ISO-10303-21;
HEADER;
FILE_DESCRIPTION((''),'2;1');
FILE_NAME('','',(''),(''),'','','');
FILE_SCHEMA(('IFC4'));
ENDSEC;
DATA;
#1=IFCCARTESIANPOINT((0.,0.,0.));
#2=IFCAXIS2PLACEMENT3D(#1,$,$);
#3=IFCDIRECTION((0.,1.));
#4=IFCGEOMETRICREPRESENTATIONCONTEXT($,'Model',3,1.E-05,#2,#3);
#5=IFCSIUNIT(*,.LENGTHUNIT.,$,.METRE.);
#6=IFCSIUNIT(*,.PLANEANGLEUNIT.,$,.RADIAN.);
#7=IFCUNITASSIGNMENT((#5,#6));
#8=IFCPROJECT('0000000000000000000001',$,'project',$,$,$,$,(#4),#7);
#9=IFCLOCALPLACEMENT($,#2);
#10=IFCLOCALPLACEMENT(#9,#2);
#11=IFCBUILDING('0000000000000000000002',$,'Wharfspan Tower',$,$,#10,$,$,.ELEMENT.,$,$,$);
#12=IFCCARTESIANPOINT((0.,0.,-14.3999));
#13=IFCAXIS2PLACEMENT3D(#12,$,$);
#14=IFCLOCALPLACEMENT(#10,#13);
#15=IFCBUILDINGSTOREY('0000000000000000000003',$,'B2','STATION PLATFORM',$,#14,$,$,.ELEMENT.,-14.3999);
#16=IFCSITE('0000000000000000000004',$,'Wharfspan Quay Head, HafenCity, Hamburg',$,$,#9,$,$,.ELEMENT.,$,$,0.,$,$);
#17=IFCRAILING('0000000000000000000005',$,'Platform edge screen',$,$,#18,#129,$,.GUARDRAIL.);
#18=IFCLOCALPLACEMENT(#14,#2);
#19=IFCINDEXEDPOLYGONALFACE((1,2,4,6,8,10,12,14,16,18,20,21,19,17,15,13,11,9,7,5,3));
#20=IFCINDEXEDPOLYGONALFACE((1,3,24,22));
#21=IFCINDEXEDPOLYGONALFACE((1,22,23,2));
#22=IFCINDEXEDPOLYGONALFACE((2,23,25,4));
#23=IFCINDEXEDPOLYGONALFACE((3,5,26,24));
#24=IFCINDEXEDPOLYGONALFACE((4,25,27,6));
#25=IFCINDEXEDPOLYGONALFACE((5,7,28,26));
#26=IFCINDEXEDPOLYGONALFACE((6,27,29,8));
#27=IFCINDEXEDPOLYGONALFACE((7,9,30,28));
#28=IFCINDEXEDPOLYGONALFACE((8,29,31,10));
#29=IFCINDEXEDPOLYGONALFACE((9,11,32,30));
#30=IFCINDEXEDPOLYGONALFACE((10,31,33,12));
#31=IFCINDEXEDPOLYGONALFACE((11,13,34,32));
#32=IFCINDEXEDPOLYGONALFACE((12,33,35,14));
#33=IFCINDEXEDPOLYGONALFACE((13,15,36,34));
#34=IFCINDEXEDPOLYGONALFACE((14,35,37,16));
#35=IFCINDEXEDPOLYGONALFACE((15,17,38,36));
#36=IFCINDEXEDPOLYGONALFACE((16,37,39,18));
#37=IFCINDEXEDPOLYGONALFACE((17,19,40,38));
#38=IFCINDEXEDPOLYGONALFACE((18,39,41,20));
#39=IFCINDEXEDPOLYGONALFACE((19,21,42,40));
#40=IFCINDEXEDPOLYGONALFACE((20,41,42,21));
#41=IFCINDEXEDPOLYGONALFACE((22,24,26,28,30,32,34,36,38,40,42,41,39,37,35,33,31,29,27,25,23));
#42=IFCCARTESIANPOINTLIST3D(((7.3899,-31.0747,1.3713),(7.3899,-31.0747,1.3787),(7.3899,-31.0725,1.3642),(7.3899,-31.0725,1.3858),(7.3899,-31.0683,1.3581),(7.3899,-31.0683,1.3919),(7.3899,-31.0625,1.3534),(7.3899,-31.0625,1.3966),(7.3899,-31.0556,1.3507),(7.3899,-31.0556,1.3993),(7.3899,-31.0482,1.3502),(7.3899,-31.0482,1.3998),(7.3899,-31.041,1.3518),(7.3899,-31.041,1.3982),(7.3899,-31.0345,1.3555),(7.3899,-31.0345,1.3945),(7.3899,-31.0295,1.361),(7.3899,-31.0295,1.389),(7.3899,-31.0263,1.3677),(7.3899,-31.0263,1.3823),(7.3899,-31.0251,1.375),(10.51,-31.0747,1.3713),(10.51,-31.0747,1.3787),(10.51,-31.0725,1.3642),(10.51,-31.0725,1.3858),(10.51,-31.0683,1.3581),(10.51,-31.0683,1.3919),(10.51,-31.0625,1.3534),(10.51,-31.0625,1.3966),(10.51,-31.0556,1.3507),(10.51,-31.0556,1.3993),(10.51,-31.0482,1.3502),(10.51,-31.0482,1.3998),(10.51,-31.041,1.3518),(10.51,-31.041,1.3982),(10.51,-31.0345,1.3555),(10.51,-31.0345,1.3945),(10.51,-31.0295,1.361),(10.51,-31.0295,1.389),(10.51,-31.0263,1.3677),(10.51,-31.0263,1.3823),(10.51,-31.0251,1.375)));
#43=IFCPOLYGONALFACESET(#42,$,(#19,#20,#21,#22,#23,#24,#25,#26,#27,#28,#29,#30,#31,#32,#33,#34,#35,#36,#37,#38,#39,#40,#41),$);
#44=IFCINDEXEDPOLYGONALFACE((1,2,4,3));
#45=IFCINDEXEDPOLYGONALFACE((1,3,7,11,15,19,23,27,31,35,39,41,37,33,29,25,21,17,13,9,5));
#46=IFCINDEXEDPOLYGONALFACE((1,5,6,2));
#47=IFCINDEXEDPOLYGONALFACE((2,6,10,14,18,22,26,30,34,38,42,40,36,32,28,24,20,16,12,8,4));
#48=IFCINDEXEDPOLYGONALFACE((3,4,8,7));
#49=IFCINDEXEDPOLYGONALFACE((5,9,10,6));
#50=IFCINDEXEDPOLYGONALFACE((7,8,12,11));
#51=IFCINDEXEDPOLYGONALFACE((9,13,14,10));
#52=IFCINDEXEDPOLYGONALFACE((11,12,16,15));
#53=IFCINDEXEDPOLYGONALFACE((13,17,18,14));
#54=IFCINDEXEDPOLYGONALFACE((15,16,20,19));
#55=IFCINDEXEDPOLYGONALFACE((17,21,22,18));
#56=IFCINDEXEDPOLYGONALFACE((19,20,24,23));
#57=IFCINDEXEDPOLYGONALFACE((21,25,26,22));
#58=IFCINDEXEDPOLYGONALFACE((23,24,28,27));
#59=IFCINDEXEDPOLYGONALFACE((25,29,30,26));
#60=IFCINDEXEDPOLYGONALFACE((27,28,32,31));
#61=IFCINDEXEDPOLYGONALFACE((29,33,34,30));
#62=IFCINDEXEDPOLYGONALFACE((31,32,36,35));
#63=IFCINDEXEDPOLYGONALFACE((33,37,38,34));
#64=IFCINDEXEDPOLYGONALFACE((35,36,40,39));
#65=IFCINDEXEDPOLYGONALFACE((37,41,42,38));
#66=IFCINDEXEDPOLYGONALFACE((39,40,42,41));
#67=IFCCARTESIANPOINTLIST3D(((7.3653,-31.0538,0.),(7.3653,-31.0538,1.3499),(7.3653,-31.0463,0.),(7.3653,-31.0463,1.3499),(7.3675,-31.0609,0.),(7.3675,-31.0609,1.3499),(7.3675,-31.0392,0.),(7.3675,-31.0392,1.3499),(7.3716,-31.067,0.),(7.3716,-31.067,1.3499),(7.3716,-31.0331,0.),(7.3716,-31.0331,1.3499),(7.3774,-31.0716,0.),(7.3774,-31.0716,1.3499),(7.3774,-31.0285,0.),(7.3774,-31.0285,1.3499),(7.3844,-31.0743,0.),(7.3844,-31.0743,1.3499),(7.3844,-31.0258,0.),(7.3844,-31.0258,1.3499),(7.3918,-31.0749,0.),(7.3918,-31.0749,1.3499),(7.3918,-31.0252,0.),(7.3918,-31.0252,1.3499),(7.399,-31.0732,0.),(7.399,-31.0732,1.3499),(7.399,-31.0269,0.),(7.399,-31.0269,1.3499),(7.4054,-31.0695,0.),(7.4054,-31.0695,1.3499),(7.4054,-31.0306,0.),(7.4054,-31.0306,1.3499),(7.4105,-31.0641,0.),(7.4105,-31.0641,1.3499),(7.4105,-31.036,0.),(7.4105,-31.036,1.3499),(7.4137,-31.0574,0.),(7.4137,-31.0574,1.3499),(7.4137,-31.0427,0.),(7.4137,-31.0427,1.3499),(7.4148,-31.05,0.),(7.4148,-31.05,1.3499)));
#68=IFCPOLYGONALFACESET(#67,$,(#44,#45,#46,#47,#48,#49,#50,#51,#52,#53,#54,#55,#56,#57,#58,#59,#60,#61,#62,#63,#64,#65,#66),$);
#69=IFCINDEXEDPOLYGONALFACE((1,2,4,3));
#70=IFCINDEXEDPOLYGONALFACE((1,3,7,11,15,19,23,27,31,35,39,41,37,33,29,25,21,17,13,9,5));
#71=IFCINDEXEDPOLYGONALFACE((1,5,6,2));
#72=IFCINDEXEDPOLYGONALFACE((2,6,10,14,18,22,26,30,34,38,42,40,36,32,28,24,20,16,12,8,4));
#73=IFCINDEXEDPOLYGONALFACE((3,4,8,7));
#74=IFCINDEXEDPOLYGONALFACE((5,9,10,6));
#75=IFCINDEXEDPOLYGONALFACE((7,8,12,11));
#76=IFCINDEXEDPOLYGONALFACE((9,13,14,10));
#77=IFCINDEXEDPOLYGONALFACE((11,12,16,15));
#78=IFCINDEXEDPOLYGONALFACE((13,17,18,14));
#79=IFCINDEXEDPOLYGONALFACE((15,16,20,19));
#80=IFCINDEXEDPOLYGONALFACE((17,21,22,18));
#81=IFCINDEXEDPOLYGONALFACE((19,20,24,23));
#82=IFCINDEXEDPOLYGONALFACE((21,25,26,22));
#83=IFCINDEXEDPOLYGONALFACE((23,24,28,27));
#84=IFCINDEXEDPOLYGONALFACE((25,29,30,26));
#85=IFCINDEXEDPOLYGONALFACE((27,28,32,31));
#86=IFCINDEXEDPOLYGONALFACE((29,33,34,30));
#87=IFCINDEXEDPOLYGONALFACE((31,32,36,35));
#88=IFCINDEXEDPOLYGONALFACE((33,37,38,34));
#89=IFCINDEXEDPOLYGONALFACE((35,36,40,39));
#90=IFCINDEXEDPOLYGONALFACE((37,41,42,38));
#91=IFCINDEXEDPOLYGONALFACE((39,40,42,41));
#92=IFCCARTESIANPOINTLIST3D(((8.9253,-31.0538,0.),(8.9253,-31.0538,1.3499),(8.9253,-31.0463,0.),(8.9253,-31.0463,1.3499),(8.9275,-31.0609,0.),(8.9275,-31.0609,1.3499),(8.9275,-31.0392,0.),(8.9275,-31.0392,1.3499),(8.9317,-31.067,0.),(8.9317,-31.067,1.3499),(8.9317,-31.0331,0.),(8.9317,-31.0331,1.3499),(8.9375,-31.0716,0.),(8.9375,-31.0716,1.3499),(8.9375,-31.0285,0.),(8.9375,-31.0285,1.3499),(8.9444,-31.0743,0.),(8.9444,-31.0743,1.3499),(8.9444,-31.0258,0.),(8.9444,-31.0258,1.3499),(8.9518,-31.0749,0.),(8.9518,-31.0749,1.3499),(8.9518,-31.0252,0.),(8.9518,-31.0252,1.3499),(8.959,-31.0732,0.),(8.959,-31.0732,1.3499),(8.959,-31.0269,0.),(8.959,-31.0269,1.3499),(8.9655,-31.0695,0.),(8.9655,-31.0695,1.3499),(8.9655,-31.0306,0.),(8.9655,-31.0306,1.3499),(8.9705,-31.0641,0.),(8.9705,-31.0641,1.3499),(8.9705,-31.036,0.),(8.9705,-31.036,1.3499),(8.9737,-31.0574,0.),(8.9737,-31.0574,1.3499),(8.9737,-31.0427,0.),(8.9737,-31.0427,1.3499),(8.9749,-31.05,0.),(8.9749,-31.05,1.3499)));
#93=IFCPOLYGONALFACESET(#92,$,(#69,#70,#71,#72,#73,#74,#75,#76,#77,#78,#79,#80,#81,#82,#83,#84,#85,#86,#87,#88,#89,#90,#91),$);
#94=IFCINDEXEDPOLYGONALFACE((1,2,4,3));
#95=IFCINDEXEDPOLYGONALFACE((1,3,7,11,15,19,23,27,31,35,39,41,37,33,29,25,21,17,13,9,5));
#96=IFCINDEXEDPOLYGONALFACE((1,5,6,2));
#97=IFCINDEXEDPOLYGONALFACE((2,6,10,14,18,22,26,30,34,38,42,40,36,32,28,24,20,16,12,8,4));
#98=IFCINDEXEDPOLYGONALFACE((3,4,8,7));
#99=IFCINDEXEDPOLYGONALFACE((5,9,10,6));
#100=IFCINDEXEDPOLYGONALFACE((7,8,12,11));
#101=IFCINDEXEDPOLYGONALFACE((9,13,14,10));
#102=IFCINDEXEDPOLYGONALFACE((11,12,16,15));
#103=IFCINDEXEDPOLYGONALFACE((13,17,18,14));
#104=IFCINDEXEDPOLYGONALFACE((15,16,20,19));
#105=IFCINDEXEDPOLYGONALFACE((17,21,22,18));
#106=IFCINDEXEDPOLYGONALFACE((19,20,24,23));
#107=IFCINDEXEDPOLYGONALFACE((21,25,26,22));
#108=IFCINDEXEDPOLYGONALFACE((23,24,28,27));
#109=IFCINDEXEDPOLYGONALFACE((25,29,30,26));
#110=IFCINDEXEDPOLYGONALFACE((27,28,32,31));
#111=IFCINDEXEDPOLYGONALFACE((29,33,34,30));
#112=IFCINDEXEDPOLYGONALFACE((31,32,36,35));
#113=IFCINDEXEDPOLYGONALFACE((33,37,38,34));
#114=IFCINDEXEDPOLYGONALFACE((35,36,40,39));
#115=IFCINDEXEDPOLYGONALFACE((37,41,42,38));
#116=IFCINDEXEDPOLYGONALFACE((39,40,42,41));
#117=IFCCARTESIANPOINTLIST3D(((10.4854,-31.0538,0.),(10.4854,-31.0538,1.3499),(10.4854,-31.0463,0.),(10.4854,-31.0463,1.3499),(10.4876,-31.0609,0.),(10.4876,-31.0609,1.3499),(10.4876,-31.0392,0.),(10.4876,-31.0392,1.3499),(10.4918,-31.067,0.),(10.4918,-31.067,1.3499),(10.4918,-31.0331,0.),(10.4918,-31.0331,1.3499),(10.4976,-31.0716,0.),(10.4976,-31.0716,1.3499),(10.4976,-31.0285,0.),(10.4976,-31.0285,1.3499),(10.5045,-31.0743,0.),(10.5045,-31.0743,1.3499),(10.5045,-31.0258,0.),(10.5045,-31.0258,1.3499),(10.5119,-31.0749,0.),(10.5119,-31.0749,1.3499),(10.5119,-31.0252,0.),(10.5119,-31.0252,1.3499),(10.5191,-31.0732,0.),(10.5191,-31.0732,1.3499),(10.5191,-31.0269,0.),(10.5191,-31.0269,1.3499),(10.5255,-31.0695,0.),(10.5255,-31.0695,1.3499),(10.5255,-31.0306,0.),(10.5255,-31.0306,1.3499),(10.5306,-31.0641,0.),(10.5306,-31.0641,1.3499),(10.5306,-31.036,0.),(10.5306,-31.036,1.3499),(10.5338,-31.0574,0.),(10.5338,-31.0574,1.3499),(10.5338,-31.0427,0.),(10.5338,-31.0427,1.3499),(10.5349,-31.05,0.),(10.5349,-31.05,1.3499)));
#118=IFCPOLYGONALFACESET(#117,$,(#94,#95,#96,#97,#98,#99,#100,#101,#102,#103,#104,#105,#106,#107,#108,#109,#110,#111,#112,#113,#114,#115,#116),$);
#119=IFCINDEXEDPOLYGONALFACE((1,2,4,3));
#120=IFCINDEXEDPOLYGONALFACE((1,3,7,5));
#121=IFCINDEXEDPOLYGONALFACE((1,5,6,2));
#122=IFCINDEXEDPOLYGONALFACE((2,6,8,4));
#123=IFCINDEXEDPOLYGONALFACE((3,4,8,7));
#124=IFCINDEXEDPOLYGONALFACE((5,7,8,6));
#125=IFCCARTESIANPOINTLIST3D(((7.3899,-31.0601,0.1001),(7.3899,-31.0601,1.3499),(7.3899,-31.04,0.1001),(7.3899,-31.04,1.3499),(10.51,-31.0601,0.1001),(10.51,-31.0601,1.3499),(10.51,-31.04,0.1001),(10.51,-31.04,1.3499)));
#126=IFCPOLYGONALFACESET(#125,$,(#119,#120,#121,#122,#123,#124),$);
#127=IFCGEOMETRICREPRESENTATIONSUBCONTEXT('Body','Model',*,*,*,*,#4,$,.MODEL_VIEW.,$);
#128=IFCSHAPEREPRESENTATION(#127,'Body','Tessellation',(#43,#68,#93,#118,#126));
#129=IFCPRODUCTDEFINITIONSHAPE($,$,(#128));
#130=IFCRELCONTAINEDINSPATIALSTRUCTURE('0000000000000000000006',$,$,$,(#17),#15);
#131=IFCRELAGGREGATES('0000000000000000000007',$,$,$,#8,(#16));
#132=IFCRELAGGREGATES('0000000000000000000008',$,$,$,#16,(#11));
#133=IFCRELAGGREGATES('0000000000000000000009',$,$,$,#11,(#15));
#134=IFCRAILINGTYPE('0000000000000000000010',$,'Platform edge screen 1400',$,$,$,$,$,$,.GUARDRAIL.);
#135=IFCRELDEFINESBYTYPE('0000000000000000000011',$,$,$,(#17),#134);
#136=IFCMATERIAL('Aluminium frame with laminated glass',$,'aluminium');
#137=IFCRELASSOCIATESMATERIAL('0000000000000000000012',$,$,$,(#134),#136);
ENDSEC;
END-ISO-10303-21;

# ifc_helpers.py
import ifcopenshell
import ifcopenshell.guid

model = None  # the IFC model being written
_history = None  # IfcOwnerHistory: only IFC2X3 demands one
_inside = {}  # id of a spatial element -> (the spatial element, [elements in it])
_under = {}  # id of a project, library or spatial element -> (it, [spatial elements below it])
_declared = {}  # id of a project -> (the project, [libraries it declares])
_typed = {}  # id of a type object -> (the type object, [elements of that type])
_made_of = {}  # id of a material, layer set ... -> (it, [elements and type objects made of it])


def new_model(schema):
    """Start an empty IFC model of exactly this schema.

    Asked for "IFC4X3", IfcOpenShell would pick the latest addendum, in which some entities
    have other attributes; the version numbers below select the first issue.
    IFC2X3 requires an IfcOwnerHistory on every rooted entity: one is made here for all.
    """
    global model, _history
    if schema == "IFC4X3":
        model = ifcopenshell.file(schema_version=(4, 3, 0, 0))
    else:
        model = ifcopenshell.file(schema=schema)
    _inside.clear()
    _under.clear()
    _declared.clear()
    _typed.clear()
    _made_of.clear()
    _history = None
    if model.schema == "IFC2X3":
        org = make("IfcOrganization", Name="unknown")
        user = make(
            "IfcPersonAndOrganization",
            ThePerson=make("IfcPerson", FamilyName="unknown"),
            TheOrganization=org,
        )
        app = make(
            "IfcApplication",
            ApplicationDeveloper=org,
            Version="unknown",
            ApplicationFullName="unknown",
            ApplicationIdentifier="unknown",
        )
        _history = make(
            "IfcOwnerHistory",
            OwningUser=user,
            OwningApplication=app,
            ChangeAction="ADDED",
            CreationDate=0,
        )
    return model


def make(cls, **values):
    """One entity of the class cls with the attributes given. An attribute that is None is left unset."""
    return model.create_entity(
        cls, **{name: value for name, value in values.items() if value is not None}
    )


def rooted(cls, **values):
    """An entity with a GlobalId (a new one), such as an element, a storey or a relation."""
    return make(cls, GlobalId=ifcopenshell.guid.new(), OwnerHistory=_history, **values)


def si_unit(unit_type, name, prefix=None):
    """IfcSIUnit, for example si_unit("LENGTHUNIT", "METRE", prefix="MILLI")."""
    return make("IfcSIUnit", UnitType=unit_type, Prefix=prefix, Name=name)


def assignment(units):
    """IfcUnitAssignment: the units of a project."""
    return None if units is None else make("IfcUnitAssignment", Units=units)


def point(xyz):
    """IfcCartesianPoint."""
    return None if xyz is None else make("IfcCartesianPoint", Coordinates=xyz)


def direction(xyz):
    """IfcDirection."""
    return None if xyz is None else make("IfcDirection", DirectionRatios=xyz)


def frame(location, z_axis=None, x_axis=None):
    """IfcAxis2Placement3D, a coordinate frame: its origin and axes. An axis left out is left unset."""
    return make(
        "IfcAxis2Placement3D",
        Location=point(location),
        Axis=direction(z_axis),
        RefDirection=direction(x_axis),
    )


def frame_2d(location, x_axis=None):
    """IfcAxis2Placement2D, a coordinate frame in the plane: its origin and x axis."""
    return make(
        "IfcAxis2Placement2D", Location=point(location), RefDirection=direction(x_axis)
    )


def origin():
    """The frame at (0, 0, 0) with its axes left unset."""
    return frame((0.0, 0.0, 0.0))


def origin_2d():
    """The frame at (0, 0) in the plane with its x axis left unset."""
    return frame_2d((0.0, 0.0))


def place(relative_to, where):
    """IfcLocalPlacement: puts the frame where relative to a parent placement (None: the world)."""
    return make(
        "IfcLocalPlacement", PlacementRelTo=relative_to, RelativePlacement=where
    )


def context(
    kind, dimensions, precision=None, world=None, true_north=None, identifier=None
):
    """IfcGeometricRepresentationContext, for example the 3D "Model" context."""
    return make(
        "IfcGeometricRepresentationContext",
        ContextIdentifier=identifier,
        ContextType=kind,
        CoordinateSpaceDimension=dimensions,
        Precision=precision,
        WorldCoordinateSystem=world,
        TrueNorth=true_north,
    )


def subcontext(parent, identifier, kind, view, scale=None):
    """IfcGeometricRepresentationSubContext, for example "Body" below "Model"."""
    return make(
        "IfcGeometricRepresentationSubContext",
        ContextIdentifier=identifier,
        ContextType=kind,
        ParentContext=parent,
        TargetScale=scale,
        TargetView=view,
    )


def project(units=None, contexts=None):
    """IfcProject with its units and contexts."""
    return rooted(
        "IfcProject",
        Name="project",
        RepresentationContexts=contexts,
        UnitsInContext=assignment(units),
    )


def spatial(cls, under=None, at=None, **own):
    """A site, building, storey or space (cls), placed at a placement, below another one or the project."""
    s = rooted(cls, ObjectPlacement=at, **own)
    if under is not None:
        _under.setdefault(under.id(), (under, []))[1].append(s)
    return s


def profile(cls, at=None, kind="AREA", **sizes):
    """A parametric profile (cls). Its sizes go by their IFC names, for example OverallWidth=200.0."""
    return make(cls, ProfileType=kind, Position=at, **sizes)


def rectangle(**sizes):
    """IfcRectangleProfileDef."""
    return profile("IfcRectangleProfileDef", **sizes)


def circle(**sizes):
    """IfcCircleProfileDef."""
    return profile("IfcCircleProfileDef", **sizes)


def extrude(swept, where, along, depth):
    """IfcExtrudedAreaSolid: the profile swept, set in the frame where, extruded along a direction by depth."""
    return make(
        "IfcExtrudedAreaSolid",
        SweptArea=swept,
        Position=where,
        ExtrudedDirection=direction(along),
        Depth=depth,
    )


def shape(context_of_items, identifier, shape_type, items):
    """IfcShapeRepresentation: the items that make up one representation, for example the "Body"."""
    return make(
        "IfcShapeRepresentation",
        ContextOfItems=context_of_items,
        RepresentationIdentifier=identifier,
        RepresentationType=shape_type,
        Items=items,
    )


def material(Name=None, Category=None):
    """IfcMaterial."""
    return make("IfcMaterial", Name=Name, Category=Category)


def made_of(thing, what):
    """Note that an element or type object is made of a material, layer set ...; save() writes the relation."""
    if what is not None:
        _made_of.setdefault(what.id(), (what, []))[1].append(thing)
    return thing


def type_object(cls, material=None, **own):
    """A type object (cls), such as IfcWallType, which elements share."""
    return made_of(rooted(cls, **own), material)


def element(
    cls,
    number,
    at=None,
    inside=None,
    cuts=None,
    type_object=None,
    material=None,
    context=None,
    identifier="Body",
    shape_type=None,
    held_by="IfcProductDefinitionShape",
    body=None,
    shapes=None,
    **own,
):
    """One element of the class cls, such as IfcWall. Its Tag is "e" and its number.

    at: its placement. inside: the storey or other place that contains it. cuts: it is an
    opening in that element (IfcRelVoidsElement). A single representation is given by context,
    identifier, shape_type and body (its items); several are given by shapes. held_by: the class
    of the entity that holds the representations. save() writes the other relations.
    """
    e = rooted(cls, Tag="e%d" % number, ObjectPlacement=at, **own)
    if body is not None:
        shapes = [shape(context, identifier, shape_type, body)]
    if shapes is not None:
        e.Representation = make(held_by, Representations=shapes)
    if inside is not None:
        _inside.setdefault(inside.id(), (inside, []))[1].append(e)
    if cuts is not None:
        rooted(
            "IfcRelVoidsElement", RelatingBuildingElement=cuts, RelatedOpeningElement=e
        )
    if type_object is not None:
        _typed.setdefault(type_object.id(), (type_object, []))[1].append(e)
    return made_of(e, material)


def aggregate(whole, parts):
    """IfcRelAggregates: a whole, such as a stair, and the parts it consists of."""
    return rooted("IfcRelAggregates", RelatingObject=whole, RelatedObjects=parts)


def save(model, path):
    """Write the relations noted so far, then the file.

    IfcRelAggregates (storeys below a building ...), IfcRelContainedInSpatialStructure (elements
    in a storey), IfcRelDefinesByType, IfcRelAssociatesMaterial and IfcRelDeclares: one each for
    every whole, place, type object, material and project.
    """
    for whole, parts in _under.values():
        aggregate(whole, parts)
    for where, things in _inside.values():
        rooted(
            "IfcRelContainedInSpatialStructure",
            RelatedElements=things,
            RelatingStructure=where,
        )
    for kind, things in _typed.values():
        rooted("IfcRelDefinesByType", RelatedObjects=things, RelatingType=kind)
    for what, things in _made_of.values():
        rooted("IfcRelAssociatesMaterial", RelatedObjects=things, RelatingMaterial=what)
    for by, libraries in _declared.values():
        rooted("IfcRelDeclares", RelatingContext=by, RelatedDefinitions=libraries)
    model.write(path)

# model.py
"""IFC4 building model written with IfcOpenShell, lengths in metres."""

from ifc_helpers import new_model, si_unit, direction, frame, origin, origin_2d, place, context, subcontext, project, spatial, rectangle, circle, extrude, material, type_object, element, save


model = new_model("IFC4")

# Units and contexts
model_context = context("Model", 3, precision=1e-05, world=origin(), true_north=direction((0.0, 1.0)))
body_context = subcontext(model_context, "Body", "Model", "MODEL_VIEW")
ifc_project = project(units=[si_unit("LENGTHUNIT", "METRE"), si_unit("PLANEANGLEUNIT", "RADIAN")], contexts=[model_context])

# Site, building, storey
site_placement = place(None, origin())
site = spatial("IfcSite", under=ifc_project, at=site_placement, Name="Wharfspan Quay Head, HafenCity, Hamburg", CompositionType="ELEMENT", RefElevation=0.0)
building_placement = place(site_placement, origin())
building = spatial("IfcBuilding", under=site, at=building_placement, Name="Wharfspan Tower", CompositionType="ELEMENT")
storey_placement = place(building_placement, frame((0.0, 0.0, -14.3999)))
storey = spatial("IfcBuildingStorey", under=building, at=storey_placement, Name="B2", Description="STATION PLATFORM", CompositionType="ELEMENT", Elevation=-14.3999)

# Railing
ifc_material_1 = material(Name="Aluminium frame with laminated glass", Category="aluminium")
railing_type_1 = type_object("IfcRailingType", Name="Platform edge screen 1400", PredefinedType="GUARDRAIL", material=ifc_material_1)
for number, where, name in (
    (1, (7.3899, -31.05, 0.0), "Platform edge screen"),
):
    element("IfcRailing", number, at=place(storey_placement, frame(where)), inside=storey, type_object=railing_type_1, Name=name, PredefinedType="GUARDRAIL", context=body_context, shape_type="SweptSolid", body=[
        extrude(circle(Radius=0.0249, at=origin_2d()), frame((0.0, 0.0, 1.375), z_axis=(1.0, 0.0, 0.0), x_axis=(0.0, 1.0, 0.0)), (0.0, 0.0, 1.0), 3.1201),
        extrude(circle(Radius=0.0249, at=origin_2d()), origin(), (0.0, 0.0, 1.0), 1.3499),
        extrude(circle(Radius=0.0249, at=origin_2d()), frame((1.5601, 0.0, 0.0)), (0.0, 0.0, 1.0), 1.3499),
        extrude(circle(Radius=0.0249, at=origin_2d()), frame((3.1201, 0.0, 0.0)), (0.0, 0.0, 1.0), 1.3499),
        extrude(rectangle(XDim=3.1201, YDim=0.02, at=origin_2d()), frame((1.5601, 0.0, 0.1001), z_axis=(0.0, 0.0, 1.0), x_axis=(1.0, 0.0, 0.0)), (0.0, 0.0, 1.0), 1.2498),
    ])

save(model, "model.ifc")
